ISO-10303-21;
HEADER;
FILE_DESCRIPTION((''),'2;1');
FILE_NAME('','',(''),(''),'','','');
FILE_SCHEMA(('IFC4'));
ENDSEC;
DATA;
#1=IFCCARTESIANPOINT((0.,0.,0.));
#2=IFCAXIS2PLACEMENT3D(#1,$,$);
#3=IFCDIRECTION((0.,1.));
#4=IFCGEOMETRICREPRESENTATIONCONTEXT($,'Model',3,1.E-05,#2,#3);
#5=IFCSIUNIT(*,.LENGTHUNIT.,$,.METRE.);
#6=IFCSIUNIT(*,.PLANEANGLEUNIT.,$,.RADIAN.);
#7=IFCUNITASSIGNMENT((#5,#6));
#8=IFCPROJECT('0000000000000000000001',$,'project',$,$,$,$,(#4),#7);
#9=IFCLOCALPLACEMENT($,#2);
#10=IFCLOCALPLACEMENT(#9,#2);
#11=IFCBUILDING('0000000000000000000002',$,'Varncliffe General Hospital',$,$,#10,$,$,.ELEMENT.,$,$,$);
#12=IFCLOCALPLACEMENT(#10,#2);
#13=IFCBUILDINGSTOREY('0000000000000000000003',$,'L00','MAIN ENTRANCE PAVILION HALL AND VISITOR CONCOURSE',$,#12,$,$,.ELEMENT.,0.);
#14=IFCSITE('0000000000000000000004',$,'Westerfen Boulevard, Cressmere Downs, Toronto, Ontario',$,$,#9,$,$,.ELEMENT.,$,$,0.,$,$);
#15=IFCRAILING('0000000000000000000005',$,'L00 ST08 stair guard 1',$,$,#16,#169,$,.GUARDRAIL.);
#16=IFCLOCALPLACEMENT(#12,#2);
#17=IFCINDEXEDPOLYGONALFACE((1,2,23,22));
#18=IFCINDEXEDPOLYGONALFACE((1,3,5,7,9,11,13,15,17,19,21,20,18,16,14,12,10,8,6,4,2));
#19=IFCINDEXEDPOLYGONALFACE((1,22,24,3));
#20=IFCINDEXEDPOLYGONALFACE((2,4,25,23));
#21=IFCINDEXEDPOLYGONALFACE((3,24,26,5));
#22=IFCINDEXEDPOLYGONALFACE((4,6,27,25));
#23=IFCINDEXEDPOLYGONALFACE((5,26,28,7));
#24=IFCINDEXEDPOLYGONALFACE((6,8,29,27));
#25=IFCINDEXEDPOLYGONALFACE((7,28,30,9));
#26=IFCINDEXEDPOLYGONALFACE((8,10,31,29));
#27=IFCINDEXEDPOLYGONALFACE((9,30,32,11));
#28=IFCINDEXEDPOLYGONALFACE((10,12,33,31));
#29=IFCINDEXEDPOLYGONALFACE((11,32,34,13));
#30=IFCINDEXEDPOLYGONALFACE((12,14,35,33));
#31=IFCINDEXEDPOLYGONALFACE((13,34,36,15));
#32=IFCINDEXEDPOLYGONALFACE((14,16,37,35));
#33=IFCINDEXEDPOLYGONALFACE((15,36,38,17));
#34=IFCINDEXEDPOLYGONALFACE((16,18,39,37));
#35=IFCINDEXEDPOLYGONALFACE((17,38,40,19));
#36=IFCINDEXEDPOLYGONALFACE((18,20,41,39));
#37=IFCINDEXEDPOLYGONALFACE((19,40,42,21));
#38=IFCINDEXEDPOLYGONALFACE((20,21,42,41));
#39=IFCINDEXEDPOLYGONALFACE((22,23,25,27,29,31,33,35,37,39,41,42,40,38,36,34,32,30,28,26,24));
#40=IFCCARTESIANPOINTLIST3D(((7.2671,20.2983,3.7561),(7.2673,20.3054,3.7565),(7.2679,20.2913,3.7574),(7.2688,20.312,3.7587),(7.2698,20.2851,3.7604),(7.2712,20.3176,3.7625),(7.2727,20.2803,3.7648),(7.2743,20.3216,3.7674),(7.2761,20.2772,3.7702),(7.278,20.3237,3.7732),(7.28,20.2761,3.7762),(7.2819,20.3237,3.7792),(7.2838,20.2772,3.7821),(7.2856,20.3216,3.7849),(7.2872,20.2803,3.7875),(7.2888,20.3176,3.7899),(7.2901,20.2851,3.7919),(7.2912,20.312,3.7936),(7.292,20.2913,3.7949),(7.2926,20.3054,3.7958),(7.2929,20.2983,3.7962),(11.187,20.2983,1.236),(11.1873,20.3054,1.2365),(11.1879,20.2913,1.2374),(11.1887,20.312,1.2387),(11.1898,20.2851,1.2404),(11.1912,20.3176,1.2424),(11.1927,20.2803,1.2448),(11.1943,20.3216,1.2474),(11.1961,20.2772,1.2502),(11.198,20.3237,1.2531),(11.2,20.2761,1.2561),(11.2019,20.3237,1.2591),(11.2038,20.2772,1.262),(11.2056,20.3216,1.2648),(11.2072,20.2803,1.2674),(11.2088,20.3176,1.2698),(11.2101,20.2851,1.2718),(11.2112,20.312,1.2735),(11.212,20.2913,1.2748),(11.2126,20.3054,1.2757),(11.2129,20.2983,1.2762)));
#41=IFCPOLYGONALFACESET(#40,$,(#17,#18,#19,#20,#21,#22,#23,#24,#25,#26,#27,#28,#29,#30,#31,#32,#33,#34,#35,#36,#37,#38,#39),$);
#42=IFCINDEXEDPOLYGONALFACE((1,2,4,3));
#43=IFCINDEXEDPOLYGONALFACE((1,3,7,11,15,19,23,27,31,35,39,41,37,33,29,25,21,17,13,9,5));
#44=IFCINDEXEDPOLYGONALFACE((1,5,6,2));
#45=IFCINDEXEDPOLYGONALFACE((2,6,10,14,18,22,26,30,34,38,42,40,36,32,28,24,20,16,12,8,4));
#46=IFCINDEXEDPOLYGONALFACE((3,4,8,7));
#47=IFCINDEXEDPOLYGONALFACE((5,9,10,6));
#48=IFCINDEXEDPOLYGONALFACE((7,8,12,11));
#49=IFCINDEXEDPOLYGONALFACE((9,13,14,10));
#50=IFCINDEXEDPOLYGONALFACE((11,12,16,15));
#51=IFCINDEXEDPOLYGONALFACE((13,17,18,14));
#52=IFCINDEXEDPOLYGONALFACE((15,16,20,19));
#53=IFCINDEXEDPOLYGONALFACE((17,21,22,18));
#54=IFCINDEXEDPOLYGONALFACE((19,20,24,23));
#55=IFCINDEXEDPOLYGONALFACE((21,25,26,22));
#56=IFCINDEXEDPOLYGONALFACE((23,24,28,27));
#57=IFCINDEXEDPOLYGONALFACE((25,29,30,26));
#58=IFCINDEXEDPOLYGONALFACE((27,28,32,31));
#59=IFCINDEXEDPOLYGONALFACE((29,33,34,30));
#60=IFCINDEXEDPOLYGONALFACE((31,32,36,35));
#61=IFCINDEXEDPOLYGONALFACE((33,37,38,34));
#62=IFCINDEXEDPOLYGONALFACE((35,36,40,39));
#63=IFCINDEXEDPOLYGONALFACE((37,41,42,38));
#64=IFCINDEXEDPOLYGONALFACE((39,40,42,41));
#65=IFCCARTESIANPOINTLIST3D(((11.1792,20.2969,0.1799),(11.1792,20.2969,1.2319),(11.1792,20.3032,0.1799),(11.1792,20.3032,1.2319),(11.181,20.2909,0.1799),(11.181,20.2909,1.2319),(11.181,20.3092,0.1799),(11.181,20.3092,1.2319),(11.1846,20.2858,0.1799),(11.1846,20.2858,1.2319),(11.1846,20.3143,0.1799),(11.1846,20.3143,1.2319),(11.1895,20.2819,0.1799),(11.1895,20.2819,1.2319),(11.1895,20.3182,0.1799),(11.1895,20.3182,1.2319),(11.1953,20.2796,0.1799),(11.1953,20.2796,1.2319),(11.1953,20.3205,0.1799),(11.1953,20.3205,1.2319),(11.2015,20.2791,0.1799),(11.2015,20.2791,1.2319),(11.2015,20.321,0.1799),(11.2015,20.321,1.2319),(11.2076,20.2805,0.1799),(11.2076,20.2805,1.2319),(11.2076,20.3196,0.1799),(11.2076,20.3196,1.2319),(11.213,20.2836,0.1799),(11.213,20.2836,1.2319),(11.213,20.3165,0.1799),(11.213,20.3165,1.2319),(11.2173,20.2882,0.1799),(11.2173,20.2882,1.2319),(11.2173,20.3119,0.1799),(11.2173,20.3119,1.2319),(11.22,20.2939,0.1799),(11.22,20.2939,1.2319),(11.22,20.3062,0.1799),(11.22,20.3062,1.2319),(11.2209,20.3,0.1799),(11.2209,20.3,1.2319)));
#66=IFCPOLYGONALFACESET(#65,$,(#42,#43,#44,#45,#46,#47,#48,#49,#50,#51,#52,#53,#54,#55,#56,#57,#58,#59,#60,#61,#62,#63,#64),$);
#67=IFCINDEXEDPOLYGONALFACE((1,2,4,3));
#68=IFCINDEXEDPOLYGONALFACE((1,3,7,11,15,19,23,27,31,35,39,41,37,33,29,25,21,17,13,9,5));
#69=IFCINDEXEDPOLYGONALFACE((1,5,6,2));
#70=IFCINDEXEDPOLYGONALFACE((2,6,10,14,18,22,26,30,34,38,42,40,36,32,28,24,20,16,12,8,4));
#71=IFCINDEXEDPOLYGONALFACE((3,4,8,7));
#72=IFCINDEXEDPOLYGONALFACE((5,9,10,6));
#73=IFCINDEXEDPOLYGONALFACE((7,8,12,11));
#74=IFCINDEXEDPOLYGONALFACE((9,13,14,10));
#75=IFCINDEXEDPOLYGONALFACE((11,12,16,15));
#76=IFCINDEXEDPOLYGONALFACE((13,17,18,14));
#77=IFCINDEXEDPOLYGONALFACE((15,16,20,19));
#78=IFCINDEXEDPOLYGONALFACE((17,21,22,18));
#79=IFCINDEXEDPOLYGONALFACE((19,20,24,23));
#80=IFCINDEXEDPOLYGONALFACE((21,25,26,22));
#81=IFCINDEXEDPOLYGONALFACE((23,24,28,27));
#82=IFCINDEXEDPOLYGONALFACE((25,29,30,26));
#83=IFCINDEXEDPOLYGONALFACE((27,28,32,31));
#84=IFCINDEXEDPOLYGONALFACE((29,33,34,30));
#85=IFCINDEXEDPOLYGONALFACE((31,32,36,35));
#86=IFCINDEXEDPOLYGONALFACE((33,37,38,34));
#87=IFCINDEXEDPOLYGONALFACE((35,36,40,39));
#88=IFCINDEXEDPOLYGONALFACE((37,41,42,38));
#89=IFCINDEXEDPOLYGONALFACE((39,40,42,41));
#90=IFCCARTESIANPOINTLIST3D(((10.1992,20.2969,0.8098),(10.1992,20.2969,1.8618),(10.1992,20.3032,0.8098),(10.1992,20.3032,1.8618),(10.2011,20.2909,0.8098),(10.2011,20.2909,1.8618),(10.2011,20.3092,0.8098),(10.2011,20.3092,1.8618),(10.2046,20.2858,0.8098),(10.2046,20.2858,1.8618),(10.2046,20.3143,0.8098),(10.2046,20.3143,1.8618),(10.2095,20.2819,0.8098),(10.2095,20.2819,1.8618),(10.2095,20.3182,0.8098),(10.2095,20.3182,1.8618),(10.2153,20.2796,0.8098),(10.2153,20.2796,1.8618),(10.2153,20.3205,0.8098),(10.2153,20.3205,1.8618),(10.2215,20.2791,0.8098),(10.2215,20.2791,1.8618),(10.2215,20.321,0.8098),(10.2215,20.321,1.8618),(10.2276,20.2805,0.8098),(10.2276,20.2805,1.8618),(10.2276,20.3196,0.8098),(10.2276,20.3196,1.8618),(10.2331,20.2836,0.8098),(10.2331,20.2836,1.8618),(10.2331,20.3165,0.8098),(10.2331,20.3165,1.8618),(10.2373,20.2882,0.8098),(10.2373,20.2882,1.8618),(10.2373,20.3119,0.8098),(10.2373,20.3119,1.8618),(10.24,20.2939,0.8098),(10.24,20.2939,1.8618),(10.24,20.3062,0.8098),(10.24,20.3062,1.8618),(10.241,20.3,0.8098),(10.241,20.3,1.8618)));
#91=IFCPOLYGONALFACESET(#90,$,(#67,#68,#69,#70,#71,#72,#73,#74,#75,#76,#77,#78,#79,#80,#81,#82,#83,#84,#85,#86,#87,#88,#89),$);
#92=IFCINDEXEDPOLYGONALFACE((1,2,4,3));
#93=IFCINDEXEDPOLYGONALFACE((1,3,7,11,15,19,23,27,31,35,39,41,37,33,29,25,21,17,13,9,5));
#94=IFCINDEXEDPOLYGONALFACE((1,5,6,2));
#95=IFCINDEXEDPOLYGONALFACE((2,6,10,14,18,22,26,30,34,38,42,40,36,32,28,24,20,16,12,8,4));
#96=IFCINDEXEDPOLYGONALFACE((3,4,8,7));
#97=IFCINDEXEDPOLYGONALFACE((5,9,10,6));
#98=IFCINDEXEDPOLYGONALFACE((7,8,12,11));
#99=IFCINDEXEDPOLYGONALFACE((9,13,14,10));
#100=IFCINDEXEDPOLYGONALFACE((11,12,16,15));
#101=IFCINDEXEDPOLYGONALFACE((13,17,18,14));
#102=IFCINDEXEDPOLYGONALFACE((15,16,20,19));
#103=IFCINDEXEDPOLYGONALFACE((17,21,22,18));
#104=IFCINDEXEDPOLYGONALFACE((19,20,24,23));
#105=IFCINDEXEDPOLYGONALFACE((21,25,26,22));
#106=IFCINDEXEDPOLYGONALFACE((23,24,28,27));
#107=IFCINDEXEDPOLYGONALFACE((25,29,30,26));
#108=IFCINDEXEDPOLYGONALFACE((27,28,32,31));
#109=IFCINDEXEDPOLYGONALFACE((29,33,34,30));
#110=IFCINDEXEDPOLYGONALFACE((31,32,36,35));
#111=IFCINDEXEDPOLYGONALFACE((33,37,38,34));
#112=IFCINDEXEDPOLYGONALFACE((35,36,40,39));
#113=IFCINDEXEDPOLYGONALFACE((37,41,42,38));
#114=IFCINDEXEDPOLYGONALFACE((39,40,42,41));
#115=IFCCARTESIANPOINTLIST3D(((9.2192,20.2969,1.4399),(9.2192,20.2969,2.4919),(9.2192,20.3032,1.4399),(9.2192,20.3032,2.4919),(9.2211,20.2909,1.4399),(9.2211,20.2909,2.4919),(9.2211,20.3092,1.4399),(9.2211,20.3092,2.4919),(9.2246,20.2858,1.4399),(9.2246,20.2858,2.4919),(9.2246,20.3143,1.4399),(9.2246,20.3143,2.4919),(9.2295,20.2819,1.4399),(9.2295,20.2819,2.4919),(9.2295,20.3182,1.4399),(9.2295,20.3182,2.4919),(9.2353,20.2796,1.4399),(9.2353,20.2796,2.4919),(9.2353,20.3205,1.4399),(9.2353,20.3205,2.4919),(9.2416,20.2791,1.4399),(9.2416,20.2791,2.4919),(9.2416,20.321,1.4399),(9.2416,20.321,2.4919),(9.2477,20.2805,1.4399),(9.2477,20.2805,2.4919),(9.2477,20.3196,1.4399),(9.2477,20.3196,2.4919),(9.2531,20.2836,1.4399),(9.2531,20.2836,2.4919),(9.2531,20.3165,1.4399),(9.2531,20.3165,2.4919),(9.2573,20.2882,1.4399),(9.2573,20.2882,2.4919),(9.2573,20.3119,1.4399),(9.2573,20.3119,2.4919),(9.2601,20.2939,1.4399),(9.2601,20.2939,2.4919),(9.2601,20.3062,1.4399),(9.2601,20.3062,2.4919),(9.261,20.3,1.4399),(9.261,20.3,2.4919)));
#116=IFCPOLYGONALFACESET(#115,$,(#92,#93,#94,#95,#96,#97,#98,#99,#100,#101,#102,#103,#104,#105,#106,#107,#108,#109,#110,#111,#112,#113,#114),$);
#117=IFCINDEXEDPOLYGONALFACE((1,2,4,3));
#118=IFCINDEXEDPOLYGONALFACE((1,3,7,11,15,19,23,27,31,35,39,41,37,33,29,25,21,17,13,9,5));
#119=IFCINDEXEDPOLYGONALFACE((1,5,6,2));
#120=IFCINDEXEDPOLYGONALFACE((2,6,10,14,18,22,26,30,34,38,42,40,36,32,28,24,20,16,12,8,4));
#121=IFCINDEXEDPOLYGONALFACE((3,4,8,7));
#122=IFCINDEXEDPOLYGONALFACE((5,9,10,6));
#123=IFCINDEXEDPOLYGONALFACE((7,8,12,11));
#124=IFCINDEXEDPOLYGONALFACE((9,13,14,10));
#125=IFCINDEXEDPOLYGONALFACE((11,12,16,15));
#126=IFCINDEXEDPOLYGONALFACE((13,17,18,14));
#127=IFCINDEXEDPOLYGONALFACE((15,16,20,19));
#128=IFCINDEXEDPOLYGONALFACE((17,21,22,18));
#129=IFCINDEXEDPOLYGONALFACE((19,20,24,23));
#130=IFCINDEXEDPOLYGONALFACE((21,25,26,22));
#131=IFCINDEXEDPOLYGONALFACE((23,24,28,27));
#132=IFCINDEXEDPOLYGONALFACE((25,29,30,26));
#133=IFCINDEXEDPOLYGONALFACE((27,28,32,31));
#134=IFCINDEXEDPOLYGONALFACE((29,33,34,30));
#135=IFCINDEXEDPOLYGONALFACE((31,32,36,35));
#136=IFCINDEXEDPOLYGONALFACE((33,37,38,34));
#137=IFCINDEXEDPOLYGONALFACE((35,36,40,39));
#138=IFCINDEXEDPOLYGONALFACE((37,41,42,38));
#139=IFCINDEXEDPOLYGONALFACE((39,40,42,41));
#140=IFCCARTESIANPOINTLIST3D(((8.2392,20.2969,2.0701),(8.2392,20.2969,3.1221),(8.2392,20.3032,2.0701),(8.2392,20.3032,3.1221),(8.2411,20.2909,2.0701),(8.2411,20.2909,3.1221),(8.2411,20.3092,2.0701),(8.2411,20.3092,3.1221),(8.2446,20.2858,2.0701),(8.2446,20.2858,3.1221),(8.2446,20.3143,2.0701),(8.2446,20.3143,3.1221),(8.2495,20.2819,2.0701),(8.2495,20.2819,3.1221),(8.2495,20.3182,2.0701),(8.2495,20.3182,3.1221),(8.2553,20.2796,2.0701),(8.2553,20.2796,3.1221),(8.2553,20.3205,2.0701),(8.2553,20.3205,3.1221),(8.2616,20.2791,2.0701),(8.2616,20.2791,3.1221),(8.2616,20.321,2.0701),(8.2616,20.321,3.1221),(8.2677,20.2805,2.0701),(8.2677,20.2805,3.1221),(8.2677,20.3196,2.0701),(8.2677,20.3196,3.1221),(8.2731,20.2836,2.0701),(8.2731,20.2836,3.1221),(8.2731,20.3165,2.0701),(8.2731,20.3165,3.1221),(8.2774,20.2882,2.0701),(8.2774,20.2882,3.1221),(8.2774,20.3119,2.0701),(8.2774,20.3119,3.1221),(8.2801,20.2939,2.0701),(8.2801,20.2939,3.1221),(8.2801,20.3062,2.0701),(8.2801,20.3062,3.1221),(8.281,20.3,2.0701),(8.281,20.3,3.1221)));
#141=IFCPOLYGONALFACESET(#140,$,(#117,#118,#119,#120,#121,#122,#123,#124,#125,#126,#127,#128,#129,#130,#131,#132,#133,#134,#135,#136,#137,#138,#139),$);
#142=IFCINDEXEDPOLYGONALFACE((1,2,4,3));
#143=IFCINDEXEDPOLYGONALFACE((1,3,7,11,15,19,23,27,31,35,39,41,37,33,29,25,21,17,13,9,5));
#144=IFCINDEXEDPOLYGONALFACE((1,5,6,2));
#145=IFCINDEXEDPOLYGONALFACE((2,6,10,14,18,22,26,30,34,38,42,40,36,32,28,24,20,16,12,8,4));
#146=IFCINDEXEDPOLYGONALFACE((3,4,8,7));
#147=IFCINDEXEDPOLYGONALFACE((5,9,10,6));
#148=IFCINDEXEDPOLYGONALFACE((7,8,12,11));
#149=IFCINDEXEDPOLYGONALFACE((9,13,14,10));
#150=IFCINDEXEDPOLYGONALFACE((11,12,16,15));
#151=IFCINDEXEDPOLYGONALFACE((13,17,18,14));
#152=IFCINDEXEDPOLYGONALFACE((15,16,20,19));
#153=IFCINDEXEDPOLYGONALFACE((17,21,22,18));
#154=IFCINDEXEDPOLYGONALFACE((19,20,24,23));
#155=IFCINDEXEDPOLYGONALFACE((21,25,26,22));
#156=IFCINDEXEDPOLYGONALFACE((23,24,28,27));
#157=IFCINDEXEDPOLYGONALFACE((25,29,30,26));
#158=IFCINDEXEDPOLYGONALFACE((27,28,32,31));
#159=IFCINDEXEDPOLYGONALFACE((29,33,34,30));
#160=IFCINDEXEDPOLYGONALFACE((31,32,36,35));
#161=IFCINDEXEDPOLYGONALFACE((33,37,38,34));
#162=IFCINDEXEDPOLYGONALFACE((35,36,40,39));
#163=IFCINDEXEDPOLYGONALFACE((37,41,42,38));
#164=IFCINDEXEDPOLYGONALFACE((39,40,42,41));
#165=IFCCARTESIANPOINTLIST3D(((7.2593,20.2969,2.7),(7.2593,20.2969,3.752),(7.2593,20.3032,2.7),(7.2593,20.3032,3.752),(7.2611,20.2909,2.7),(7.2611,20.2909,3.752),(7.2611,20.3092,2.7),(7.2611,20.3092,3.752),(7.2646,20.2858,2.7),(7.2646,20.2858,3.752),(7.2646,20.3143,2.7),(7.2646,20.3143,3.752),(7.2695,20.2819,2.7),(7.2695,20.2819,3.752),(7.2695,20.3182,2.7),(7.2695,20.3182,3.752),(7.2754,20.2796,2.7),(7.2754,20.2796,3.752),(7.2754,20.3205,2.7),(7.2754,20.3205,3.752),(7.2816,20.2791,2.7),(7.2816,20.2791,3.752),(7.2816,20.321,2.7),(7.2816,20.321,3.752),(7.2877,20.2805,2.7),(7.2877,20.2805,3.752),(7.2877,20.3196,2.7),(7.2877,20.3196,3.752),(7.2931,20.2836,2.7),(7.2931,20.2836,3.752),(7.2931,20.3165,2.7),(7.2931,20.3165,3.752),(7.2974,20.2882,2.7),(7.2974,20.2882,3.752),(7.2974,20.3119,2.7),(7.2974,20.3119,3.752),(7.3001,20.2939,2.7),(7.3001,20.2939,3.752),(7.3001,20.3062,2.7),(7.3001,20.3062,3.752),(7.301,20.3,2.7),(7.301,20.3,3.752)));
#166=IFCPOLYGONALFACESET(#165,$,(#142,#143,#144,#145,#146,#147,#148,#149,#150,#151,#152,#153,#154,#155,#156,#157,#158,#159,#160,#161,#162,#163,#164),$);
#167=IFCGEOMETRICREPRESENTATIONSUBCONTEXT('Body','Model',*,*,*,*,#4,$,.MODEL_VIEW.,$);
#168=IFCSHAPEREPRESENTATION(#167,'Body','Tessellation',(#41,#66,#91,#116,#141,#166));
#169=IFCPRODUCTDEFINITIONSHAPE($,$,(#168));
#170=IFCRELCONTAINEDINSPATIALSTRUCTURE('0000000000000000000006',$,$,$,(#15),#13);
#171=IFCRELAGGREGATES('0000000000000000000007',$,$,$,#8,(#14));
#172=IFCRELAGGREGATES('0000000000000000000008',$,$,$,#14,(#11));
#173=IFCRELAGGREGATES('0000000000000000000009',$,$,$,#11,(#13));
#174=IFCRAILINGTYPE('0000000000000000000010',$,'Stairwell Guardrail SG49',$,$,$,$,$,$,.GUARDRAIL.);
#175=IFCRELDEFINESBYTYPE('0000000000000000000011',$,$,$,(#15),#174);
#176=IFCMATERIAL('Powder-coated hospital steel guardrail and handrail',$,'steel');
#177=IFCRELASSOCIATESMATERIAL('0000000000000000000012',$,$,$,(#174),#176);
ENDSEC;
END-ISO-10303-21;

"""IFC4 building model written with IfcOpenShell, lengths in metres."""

from ifc_helpers import new_model, si_unit, direction, frame, origin, origin_2d, place, context, subcontext, project, spatial, circle, extrude, material, type_object, element, save


model = new_model("IFC4")

# Units and contexts
model_context = context("Model", 3, precision=1e-05, world=origin(), true_north=direction((0.0, 1.0)))
body_context = subcontext(model_context, "Body", "Model", "MODEL_VIEW")
ifc_project = project(units=[si_unit("LENGTHUNIT", "METRE"), si_unit("PLANEANGLEUNIT", "RADIAN")], contexts=[model_context])

# Site, building, storey
site_placement = place(None, origin())
site = spatial("IfcSite", under=ifc_project, at=site_placement, Name="Westerfen Boulevard, Cressmere Downs, Toronto, Ontario", CompositionType="ELEMENT", RefElevation=0.0)
building_placement = place(site_placement, origin())
building = spatial("IfcBuilding", under=site, at=building_placement, Name="Varncliffe General Hospital", CompositionType="ELEMENT")
storey_placement = place(building_placement, origin())
storey = spatial("IfcBuildingStorey", under=building, at=storey_placement, Name="L00", Description="MAIN ENTRANCE PAVILION HALL AND VISITOR CONCOURSE", CompositionType="ELEMENT", Elevation=0.0)

# Railing
ifc_material_1 = material(Name="Powder-coated hospital steel guardrail and handrail", Category="steel")
railing_type_1 = type_object("IfcRailingType", Name="Stairwell Guardrail SG49", PredefinedType="GUARDRAIL", material=ifc_material_1)
railing_1_placement = place(storey_placement, frame((11.2, 20.3, 0.1799)))
element("IfcRailing", 1, at=railing_1_placement, inside=storey, type_object=railing_type_1, Name="L00 ST08 stair guard 1", PredefinedType="GUARDRAIL", context=body_context, shape_type="SweptSolid", body=[
    extrude(circle(Radius=0.0239, at=origin_2d()), frame((0.0, 0.0, 1.0762), z_axis=(-0.841172, 0.0, 0.540768), x_axis=(0.0, -1.0, 0.0)), (0.0, 0.0, 1.0), 4.6602),
    extrude(circle(Radius=0.021, at=origin_2d()), origin(), (0.0, 0.0, 1.0), 1.052),
    extrude(circle(Radius=0.021, at=origin_2d()), frame((-0.98, 0.0, 0.6299)), (0.0, 0.0, 1.0), 1.052),
    extrude(circle(Radius=0.021, at=origin_2d()), frame((-1.96, 0.0, 1.26)), (0.0, 0.0, 1.0), 1.052),
    extrude(circle(Radius=0.021, at=origin_2d()), frame((-2.9399, 0.0, 1.8901)), (0.0, 0.0, 1.0), 1.052),
    extrude(circle(Radius=0.021, at=origin_2d()), frame((-3.9199, 0.0, 2.52)), (0.0, 0.0, 1.0), 1.052),
])

save(model, "model.ifc")
